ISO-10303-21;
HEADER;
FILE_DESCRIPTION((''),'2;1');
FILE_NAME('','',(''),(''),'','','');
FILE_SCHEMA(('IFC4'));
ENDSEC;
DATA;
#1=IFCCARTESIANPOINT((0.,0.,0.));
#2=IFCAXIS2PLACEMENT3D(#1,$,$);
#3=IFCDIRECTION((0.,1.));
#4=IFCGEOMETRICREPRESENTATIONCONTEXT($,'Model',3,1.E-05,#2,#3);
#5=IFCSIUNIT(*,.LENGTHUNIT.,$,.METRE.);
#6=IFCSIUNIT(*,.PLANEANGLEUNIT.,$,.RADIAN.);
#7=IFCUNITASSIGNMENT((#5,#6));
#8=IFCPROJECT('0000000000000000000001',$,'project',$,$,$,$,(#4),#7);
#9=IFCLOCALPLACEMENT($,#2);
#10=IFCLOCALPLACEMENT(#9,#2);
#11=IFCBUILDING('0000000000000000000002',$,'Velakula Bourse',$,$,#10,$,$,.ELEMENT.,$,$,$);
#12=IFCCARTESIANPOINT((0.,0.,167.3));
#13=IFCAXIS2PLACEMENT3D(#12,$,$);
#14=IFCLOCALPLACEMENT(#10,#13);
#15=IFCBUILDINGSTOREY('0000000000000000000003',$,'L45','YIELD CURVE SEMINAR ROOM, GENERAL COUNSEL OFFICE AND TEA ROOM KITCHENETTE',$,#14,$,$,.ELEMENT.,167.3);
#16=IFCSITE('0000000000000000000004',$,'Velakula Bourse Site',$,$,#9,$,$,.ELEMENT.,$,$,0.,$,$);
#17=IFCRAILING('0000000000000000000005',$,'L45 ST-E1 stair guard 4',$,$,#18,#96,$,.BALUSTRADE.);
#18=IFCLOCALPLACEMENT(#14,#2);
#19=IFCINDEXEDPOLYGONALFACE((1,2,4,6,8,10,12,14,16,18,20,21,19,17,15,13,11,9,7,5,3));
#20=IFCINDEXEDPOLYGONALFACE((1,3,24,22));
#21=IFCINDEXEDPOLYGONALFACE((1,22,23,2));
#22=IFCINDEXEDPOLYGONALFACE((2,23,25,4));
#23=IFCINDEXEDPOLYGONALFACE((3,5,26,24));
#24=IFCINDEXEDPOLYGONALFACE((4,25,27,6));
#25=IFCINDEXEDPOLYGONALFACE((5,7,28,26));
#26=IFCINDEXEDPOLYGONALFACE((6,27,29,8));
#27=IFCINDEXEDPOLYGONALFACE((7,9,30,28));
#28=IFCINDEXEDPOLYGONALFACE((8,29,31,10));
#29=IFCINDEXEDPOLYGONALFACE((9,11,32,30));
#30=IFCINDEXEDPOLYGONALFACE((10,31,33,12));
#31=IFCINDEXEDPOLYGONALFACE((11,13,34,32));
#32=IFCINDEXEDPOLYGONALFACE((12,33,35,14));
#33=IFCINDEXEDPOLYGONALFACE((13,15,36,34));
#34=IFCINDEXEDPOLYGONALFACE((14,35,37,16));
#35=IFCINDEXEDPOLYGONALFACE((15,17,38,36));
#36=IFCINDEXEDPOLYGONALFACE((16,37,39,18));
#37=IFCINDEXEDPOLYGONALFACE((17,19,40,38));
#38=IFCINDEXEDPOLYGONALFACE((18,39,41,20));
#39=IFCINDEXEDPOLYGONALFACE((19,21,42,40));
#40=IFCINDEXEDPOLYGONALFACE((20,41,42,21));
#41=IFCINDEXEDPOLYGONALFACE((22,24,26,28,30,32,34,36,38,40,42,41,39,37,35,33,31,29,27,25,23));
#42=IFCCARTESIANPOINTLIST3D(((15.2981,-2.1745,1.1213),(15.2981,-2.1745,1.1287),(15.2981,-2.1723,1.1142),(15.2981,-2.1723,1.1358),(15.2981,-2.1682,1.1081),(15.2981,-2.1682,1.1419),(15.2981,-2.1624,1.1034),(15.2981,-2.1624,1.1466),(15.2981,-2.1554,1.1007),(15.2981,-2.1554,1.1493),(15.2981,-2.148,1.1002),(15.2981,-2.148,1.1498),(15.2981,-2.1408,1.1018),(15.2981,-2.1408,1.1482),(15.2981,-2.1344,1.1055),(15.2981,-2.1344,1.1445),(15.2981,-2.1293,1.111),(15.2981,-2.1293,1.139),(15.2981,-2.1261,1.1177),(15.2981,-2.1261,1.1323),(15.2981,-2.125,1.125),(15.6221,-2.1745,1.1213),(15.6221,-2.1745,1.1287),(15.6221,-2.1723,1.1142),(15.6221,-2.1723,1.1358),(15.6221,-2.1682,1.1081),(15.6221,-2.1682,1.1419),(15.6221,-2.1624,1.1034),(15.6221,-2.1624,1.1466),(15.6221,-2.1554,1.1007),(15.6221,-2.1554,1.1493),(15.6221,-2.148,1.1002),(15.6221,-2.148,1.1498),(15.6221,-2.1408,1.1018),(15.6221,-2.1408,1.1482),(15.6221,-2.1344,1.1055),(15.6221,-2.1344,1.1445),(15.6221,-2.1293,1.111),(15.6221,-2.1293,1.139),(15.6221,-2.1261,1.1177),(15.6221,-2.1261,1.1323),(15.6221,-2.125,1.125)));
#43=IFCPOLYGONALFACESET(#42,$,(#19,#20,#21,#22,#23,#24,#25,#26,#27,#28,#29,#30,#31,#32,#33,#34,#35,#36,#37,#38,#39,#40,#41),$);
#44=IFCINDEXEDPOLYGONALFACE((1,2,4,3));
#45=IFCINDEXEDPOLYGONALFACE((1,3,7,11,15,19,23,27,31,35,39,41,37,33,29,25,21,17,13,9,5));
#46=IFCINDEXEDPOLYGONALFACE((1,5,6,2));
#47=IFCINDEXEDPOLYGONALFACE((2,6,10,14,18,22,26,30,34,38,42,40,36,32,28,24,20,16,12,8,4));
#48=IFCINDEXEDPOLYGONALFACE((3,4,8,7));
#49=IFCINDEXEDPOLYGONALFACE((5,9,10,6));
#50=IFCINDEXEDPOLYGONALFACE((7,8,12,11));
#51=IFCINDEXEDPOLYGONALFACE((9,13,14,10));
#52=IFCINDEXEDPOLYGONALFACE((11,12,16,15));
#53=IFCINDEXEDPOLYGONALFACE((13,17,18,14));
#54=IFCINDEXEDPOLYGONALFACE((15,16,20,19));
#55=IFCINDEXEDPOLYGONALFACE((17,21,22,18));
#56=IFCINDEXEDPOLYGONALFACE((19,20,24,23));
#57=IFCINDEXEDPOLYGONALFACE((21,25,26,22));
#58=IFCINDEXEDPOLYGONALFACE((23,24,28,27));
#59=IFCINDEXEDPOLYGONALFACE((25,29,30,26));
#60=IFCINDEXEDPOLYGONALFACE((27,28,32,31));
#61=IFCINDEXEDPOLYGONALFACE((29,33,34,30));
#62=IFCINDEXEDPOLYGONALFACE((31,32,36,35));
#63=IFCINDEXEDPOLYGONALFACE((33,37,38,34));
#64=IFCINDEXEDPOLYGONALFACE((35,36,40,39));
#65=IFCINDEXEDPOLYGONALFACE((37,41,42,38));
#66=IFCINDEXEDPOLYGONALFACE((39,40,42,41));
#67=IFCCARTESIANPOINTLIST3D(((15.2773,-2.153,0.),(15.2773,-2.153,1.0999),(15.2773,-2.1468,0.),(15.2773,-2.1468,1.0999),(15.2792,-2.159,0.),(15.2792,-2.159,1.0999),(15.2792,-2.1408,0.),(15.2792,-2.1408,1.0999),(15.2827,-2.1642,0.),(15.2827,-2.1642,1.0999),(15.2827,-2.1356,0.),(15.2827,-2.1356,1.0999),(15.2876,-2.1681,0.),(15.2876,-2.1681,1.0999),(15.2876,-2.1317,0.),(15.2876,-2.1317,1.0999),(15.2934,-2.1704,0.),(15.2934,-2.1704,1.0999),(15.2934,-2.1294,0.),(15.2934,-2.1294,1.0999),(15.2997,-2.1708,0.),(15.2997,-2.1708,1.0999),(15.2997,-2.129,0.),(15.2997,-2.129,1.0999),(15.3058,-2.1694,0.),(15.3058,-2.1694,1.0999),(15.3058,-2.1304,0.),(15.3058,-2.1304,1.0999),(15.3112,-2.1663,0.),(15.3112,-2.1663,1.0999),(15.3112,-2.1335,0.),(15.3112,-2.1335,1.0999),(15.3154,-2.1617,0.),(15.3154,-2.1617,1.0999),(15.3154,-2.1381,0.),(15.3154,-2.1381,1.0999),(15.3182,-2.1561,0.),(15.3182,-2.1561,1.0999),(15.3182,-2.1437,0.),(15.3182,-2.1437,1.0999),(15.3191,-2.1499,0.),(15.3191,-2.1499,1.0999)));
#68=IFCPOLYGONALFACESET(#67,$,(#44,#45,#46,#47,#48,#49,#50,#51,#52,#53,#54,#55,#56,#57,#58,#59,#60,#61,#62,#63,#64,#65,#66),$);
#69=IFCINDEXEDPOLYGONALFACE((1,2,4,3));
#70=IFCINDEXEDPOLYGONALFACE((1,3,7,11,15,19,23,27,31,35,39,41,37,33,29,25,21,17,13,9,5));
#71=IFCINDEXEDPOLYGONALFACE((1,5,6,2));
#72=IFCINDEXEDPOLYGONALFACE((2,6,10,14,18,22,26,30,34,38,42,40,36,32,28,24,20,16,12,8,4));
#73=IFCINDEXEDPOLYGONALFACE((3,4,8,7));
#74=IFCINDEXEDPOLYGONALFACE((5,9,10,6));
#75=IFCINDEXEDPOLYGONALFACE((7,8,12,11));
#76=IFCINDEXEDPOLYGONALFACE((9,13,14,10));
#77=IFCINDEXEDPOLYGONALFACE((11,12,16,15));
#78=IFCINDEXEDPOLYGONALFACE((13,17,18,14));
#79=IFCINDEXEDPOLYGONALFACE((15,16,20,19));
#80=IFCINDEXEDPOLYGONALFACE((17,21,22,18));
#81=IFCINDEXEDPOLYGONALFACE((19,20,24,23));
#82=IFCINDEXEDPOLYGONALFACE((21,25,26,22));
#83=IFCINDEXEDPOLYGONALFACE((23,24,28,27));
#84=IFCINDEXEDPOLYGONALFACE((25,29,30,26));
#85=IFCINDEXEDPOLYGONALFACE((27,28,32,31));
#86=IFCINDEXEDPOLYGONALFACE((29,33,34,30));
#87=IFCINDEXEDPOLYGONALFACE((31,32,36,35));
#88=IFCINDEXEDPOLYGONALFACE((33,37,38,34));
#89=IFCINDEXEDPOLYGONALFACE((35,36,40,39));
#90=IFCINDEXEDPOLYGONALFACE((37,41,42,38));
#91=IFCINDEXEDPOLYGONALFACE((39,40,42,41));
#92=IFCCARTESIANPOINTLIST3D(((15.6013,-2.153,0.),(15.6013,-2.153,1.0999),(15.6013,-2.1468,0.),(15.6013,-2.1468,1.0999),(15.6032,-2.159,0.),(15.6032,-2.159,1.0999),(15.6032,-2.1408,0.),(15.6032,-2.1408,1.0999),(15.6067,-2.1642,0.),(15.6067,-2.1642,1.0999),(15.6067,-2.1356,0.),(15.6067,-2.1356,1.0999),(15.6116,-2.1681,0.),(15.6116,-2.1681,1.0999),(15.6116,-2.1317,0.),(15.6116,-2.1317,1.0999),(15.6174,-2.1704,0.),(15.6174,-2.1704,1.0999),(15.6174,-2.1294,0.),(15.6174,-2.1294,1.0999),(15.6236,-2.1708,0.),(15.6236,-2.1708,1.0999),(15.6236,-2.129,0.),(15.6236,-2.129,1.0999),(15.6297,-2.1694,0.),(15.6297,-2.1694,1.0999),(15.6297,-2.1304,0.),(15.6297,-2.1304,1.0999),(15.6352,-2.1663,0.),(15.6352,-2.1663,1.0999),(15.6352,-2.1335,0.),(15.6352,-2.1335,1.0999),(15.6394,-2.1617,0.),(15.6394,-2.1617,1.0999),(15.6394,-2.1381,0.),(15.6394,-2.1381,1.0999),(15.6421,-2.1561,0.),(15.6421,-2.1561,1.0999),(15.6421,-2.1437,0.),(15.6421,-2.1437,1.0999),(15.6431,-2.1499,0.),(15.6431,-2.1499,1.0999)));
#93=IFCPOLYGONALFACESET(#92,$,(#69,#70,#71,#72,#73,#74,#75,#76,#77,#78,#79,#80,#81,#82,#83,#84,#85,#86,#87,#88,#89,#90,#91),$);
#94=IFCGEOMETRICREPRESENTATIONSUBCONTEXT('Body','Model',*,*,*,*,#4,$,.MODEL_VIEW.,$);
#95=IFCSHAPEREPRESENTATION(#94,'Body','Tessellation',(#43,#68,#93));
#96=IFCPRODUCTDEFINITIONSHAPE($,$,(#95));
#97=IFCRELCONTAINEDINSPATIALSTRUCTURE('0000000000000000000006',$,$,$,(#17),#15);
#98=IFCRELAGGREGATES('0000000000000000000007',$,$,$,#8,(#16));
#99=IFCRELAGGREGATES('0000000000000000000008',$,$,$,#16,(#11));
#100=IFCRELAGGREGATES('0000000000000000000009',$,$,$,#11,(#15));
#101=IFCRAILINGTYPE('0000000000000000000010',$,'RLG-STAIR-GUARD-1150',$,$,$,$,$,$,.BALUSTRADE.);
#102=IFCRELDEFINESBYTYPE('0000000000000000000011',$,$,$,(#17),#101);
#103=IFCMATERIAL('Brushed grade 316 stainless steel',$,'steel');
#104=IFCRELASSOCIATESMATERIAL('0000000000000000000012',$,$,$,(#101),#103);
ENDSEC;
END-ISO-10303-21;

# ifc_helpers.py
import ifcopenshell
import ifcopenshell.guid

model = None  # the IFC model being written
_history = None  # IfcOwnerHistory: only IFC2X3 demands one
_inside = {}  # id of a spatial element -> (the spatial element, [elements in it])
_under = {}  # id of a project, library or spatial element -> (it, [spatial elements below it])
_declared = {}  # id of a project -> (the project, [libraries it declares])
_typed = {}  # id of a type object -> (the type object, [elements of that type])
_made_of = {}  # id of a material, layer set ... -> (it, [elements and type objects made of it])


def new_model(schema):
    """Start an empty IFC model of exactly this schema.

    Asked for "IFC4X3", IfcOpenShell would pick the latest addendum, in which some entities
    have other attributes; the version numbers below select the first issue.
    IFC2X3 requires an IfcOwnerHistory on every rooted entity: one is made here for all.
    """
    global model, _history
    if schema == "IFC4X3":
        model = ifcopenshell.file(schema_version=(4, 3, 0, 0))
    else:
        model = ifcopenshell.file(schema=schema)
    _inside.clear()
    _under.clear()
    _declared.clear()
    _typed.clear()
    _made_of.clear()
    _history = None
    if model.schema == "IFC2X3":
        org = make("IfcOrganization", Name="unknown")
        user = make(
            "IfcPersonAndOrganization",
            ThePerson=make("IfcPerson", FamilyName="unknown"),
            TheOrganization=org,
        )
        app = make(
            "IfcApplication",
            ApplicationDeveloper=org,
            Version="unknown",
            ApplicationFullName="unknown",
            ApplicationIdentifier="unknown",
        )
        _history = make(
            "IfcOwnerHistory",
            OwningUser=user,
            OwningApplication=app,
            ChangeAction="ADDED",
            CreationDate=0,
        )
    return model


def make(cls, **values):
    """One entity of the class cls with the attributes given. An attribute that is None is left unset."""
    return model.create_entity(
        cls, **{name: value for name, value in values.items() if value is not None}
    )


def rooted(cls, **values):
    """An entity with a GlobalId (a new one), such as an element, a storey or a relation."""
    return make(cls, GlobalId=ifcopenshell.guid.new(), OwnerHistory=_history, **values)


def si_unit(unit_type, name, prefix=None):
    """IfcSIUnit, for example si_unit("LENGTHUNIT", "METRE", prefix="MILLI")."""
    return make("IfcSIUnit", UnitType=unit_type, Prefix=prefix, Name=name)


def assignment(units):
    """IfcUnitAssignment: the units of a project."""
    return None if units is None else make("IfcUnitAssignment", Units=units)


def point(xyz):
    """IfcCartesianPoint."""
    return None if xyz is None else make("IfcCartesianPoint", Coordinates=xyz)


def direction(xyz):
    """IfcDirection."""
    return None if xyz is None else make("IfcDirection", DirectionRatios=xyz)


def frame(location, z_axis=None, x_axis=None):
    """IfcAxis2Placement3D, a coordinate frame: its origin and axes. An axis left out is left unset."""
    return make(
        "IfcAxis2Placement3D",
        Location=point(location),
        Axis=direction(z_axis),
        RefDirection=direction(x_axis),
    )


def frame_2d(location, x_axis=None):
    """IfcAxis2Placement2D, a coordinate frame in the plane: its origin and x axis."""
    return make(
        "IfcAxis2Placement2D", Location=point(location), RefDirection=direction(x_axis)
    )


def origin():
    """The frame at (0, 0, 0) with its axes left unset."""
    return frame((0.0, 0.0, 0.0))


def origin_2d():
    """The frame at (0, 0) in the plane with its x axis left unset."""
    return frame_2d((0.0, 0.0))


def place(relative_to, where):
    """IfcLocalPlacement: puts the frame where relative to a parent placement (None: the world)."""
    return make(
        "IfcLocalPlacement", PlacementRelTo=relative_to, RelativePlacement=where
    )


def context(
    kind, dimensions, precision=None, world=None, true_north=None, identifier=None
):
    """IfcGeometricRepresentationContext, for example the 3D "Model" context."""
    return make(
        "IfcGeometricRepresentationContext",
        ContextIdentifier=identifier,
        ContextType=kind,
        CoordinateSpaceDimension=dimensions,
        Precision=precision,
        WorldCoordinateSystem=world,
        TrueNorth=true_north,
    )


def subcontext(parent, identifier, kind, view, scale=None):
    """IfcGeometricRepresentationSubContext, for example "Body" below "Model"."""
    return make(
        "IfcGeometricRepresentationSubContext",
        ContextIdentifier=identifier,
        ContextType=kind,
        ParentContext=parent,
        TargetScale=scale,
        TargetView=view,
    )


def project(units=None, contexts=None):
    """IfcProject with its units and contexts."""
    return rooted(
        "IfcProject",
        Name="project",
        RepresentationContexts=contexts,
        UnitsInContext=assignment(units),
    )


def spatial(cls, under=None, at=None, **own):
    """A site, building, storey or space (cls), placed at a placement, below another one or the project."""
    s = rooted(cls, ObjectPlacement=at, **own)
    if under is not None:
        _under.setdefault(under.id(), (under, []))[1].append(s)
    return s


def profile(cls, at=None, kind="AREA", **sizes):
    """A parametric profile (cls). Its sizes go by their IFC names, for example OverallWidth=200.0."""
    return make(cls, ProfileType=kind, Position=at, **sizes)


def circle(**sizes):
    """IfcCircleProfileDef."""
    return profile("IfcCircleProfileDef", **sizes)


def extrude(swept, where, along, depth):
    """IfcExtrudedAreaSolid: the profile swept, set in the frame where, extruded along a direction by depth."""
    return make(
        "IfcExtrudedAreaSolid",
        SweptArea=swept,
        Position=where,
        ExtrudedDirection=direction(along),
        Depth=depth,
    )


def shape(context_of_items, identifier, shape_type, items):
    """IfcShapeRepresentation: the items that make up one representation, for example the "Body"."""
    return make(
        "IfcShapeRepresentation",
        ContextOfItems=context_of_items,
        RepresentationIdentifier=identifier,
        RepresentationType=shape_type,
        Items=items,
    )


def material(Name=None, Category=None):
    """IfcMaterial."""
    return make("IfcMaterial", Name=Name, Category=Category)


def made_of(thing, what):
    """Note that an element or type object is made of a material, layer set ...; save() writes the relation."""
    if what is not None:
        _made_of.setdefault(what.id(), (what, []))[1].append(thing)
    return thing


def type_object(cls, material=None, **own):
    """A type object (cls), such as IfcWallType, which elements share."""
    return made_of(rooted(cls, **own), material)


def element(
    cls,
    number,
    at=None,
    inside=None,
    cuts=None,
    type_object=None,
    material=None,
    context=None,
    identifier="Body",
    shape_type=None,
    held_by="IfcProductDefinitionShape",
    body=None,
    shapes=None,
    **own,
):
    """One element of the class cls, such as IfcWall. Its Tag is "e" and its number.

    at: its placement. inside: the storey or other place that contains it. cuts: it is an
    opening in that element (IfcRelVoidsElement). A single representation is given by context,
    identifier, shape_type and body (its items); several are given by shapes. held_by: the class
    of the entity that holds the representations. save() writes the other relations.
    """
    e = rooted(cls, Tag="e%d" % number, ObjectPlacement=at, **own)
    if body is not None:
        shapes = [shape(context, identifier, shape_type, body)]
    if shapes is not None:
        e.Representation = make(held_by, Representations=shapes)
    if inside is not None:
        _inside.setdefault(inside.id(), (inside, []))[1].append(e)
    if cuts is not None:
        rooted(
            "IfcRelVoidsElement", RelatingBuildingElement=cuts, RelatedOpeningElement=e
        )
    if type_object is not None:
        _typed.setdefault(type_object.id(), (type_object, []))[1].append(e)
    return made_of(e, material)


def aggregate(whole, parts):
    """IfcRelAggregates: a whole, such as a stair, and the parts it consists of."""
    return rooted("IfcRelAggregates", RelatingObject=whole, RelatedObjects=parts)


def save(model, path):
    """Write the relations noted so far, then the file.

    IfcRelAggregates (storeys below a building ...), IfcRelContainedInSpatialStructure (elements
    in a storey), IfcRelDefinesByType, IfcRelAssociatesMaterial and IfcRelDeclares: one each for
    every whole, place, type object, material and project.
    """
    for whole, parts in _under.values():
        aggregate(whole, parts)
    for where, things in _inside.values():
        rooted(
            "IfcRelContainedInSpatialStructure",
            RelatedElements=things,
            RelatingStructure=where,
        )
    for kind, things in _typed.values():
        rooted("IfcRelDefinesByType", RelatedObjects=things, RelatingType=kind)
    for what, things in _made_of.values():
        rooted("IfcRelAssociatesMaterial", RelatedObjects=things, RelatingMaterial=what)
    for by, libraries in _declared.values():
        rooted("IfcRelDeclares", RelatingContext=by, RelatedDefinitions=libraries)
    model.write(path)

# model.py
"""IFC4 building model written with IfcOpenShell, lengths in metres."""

from ifc_helpers import new_model, si_unit, direction, frame, origin, origin_2d, place, context, subcontext, project, spatial, circle, extrude, material, type_object, element, save


model = new_model("IFC4")

# Units and contexts
model_context = context("Model", 3, precision=1e-05, world=origin(), true_north=direction((0.0, 1.0)))
body_context = subcontext(model_context, "Body", "Model", "MODEL_VIEW")
ifc_project = project(units=[si_unit("LENGTHUNIT", "METRE"), si_unit("PLANEANGLEUNIT", "RADIAN")], contexts=[model_context])

# Site, building, storey
site_placement = place(None, origin())
site = spatial("IfcSite", under=ifc_project, at=site_placement, Name="Velakula Bourse Site", CompositionType="ELEMENT", RefElevation=0.0)
building_placement = place(site_placement, origin())
building = spatial("IfcBuilding", under=site, at=building_placement, Name="Velakula Bourse", CompositionType="ELEMENT")
storey_placement = place(building_placement, frame((0.0, 0.0, 167.3)))
storey = spatial("IfcBuildingStorey", under=building, at=storey_placement, Name="L45", Description="YIELD CURVE SEMINAR ROOM, GENERAL COUNSEL OFFICE AND TEA ROOM KITCHENETTE", CompositionType="ELEMENT", Elevation=167.3)

# Railing
ifc_material_1 = material(Name="Brushed grade 316 stainless steel", Category="steel")
railing_type_1 = type_object("IfcRailingType", Name="RLG-STAIR-GUARD-1150", PredefinedType="BALUSTRADE", material=ifc_material_1)
railing_1_placement = place(storey_placement, frame((15.2981, -2.1499, 0.0)))
element("IfcRailing", 1, at=railing_1_placement, inside=storey, type_object=railing_type_1, Name="L45 ST-E1 stair guard 4", PredefinedType="BALUSTRADE", context=body_context, shape_type="SweptSolid", body=[
    extrude(circle(Radius=0.0249, at=origin_2d()), frame((0.0, 0.0, 1.125), z_axis=(1.0, 0.0, 0.0), x_axis=(0.0, 1.0, 0.0)), (0.0, 0.0, 1.0), 0.324),
    extrude(circle(Radius=0.021, at=origin_2d()), origin(), (0.0, 0.0, 1.0), 1.0999),
    extrude(circle(Radius=0.021, at=origin_2d()), frame((0.324, 0.0, 0.0)), (0.0, 0.0, 1.0), 1.0999),
])

save(model, "model.ifc")
